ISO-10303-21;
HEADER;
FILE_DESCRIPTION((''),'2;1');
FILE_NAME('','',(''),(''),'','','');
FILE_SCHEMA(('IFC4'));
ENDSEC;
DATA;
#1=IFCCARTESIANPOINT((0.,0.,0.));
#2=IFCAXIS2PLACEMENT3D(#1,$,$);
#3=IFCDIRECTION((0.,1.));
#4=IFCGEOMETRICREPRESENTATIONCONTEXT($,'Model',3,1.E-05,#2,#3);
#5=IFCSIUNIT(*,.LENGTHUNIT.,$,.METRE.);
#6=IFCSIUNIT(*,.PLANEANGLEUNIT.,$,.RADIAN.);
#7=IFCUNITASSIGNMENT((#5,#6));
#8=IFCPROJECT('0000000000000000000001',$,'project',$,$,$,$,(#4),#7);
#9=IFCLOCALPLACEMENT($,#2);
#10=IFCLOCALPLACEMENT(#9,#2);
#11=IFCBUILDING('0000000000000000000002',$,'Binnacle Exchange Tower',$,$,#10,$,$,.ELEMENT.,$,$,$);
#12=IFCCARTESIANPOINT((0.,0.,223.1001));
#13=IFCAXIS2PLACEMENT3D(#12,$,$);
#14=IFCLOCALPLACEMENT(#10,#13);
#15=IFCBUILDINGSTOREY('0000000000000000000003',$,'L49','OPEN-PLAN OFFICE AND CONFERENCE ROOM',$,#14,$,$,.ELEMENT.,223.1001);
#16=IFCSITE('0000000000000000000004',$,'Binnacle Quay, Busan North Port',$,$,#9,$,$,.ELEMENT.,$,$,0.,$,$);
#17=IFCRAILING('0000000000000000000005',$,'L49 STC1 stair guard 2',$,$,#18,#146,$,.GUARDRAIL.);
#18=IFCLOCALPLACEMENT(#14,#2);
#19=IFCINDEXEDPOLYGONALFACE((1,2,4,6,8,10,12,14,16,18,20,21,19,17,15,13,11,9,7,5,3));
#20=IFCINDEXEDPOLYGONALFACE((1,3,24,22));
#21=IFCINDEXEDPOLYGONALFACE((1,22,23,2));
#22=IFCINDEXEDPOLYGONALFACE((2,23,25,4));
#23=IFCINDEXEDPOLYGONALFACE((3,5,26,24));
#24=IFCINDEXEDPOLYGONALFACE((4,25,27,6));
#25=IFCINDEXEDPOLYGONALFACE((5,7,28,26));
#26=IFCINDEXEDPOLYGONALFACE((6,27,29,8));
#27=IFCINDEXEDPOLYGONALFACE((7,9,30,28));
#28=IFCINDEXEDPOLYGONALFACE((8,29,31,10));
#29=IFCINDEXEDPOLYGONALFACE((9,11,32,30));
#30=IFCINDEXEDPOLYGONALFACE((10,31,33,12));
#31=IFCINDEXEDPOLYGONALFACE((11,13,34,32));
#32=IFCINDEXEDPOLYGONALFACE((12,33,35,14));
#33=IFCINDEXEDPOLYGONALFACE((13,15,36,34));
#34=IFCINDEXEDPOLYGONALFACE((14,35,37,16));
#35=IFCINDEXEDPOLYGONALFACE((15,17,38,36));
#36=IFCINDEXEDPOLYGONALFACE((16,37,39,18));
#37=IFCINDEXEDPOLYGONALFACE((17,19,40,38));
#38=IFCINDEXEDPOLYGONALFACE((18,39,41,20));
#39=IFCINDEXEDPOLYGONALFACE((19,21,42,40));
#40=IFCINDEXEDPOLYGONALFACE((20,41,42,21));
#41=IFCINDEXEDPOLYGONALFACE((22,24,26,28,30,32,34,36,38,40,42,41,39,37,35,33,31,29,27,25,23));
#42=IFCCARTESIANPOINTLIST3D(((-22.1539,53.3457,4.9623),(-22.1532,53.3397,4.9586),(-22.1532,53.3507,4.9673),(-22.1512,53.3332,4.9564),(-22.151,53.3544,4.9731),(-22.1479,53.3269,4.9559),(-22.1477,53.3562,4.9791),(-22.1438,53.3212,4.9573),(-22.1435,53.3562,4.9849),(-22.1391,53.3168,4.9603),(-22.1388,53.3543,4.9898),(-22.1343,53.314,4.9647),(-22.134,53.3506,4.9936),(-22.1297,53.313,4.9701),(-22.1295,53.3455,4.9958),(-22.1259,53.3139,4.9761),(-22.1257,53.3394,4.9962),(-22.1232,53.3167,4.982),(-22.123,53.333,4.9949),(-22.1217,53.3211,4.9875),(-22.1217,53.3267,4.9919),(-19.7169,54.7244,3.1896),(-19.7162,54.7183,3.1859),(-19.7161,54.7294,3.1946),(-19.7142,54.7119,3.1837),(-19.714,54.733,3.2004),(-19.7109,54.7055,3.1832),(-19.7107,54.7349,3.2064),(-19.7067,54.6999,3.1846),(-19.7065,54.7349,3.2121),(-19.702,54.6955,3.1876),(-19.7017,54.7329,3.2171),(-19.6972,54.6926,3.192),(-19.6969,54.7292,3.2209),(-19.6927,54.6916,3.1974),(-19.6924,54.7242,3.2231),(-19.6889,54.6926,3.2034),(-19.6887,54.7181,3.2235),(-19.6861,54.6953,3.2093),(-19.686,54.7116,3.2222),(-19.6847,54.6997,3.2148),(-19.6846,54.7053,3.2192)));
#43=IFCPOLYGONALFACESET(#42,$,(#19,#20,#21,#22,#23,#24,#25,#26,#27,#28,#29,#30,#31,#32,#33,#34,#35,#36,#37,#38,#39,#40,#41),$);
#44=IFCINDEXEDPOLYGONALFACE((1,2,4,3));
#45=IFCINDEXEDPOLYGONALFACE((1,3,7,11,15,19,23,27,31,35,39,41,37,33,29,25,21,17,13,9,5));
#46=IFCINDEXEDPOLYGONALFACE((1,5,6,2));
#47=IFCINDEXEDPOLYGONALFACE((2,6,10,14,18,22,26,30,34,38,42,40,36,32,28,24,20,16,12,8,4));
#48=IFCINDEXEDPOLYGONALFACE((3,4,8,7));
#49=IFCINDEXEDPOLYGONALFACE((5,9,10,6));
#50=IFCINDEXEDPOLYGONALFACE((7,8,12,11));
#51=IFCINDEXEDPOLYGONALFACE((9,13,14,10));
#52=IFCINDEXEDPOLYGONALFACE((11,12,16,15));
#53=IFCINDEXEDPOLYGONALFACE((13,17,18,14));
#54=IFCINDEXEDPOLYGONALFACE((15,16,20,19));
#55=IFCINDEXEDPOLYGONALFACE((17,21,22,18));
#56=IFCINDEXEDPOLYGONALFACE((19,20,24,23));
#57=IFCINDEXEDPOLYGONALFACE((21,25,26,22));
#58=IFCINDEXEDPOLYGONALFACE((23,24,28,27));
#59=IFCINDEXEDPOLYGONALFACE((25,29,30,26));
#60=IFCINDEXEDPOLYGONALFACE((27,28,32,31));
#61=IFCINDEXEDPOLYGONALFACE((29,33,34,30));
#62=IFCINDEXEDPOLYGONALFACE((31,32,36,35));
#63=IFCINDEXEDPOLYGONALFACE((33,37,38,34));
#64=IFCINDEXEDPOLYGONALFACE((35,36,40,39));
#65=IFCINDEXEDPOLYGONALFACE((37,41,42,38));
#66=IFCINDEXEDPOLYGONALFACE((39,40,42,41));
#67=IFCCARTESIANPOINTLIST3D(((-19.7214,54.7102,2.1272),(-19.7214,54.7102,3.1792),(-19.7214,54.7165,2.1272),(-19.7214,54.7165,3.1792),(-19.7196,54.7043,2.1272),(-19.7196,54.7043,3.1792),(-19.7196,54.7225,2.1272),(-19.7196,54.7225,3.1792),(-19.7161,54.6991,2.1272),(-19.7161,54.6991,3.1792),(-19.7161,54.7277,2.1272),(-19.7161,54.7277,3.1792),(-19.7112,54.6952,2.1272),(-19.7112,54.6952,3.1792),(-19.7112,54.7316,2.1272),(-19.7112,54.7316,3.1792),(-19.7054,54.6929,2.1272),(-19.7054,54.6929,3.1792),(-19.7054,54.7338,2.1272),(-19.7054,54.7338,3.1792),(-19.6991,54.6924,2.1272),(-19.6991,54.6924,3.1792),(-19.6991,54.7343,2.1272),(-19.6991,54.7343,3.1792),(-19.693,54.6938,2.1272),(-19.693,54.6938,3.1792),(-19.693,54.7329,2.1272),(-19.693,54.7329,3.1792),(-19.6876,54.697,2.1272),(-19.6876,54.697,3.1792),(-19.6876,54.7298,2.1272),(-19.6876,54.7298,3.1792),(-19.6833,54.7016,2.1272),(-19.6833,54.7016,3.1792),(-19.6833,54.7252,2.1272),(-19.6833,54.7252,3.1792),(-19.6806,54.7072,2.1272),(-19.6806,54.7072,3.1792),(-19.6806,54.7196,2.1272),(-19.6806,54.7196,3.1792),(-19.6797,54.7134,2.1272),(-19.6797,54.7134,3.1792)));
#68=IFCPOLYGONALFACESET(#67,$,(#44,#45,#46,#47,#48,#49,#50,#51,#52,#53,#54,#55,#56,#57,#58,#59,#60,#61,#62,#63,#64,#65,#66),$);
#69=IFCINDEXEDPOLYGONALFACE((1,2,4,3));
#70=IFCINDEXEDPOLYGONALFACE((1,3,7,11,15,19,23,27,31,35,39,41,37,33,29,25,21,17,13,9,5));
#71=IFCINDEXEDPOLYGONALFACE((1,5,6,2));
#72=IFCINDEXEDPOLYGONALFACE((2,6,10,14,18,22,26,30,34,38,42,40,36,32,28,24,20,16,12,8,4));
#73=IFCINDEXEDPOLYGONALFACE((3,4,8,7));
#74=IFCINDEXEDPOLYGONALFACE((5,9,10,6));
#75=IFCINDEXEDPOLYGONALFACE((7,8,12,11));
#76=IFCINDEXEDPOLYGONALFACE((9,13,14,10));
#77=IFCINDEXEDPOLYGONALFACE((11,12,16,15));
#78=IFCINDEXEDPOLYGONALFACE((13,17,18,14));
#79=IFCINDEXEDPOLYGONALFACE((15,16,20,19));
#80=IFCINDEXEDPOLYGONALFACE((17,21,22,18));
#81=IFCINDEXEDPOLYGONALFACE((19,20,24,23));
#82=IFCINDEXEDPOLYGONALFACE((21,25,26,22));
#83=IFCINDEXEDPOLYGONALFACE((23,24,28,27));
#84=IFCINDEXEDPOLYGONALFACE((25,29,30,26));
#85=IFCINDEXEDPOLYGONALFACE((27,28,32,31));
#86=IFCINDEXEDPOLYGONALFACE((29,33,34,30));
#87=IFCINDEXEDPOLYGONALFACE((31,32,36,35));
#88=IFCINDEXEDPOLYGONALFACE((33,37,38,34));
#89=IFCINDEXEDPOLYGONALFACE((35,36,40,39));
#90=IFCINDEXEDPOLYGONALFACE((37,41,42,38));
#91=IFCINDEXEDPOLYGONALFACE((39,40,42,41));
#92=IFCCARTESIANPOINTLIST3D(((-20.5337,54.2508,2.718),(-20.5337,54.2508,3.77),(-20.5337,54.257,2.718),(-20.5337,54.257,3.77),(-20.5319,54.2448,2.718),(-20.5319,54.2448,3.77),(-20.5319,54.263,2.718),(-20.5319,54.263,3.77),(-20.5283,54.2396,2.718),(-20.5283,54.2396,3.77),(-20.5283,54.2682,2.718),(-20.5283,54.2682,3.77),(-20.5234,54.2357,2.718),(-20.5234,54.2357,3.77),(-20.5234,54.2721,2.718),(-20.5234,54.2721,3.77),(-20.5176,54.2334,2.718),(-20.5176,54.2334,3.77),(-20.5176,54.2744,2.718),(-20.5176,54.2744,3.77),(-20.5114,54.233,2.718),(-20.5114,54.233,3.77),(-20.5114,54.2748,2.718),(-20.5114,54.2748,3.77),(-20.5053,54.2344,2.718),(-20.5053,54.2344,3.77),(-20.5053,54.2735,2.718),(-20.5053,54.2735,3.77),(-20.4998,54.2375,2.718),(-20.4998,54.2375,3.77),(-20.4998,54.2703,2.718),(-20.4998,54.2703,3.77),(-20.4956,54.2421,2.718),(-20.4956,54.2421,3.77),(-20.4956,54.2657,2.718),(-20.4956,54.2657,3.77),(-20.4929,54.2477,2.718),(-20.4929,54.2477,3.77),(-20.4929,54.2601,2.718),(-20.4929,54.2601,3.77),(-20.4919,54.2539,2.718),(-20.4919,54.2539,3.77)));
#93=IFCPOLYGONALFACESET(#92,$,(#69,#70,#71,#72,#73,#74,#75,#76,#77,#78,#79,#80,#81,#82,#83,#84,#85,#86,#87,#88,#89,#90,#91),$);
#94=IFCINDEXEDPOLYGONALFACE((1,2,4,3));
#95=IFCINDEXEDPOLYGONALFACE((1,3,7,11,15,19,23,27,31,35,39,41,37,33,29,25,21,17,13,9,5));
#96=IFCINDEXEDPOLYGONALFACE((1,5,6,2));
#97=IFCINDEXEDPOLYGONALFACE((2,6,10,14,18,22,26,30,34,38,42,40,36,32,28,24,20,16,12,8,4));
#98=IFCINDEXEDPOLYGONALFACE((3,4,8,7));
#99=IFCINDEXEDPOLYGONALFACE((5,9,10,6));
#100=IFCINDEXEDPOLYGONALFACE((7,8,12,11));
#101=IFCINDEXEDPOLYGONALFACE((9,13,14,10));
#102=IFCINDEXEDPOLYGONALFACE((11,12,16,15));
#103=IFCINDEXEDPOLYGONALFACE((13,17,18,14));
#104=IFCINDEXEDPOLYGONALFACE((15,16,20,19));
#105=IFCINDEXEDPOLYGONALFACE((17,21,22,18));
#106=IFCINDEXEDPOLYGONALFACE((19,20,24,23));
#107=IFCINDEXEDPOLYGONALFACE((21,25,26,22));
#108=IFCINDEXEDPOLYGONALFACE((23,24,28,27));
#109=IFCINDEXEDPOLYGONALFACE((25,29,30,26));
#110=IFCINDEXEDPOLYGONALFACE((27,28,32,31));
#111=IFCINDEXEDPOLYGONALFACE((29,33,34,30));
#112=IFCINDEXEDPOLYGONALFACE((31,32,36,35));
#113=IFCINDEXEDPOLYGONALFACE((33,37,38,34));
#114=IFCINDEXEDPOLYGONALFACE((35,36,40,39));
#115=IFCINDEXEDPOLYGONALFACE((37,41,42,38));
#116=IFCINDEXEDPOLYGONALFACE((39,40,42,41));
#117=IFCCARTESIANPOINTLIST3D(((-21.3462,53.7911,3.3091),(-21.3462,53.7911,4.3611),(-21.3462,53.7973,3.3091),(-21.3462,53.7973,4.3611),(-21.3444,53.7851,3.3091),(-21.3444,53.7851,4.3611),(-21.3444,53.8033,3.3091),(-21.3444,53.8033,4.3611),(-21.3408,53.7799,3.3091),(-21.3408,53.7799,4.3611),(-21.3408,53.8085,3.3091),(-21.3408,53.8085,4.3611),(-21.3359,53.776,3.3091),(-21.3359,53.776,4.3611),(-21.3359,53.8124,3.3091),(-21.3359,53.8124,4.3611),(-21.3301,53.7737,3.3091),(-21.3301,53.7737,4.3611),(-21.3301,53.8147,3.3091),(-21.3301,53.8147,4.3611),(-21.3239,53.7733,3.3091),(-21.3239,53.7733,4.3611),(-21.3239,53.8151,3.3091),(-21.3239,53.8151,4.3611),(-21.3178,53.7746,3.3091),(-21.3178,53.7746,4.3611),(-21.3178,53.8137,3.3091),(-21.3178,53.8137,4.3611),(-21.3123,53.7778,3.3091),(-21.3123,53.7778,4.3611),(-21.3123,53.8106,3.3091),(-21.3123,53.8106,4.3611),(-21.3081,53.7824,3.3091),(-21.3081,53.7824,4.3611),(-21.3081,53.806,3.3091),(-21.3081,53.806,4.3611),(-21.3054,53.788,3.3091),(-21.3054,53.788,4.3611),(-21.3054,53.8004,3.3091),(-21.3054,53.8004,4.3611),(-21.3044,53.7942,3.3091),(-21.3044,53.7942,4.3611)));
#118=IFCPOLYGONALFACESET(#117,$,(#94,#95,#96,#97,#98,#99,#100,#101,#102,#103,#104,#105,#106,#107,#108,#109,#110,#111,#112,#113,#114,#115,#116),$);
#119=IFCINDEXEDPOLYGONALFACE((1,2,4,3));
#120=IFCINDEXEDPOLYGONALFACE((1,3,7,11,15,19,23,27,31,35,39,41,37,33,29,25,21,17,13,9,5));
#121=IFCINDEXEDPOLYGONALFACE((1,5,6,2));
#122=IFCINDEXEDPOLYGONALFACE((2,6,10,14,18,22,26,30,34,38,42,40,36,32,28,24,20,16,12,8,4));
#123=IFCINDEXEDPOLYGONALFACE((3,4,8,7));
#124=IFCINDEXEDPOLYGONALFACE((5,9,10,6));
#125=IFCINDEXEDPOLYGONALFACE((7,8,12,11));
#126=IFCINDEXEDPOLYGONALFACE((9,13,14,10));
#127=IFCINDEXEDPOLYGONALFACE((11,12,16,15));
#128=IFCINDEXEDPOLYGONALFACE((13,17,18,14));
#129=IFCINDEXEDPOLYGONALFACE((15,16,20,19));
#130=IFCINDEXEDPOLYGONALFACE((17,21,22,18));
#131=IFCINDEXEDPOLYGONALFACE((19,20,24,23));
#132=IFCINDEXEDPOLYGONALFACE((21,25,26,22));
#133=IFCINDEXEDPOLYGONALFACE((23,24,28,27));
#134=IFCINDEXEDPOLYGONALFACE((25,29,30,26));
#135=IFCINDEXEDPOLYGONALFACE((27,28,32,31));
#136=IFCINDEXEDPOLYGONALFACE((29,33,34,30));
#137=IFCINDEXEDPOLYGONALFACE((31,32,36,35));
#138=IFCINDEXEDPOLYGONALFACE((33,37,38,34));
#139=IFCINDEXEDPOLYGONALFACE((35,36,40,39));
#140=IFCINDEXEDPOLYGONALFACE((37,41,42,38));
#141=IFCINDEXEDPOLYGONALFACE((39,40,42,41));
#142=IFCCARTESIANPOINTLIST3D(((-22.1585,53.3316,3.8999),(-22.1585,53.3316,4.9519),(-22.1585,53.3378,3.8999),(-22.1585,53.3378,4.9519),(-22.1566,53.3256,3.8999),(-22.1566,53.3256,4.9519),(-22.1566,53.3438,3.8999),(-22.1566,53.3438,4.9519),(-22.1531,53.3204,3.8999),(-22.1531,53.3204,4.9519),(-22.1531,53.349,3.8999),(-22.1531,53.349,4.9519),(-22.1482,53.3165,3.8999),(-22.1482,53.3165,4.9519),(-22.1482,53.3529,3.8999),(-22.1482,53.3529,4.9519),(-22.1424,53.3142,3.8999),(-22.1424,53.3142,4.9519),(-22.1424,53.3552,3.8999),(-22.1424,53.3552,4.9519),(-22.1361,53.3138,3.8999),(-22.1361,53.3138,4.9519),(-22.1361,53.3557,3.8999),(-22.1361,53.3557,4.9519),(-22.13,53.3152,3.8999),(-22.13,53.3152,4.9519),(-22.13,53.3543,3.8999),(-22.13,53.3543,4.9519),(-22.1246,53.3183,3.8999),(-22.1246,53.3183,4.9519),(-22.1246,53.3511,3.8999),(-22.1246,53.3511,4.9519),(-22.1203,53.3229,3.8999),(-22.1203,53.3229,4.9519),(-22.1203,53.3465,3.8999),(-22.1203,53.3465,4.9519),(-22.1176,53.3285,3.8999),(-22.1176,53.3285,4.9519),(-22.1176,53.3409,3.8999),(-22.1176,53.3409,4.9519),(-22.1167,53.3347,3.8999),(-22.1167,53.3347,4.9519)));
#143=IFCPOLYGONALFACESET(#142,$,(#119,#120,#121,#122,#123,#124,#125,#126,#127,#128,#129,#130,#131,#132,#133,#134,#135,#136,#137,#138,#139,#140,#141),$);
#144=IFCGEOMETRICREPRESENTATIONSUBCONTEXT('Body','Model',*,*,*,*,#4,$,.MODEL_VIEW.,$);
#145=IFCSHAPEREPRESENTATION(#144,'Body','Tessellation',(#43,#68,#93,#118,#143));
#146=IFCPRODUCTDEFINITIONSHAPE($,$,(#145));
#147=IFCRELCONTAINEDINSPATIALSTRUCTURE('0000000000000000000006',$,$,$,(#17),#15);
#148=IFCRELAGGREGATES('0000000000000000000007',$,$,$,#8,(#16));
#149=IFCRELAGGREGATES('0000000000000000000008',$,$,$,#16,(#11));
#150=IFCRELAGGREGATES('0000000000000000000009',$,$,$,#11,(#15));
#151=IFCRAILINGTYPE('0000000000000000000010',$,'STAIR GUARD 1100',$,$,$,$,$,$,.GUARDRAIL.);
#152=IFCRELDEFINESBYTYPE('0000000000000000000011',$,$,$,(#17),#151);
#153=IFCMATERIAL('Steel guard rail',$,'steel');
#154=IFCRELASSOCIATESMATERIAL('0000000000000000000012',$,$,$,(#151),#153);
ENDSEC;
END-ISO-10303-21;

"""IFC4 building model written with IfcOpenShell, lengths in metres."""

from ifc_helpers import new_model, si_unit, direction, frame, origin, origin_2d, place, context, subcontext, project, spatial, circle, extrude, material, type_object, element, save


model = new_model("IFC4")

# Units and contexts
model_context = context("Model", 3, precision=1e-05, world=origin(), true_north=direction((0.0, 1.0)))
body_context = subcontext(model_context, "Body", "Model", "MODEL_VIEW")
ifc_project = project(units=[si_unit("LENGTHUNIT", "METRE"), si_unit("PLANEANGLEUNIT", "RADIAN")], contexts=[model_context])

# Site, building, storey
site_placement = place(None, origin())
site = spatial("IfcSite", under=ifc_project, at=site_placement, Name="Binnacle Quay, Busan North Port", CompositionType="ELEMENT", RefElevation=0.0)
building_placement = place(site_placement, origin())
building = spatial("IfcBuilding", under=site, at=building_placement, Name="Binnacle Exchange Tower", CompositionType="ELEMENT")
storey_placement = place(building_placement, frame((0.0, 0.0, 223.1001)))
storey = spatial("IfcBuildingStorey", under=building, at=storey_placement, Name="L49", Description="OPEN-PLAN OFFICE AND CONFERENCE ROOM", CompositionType="ELEMENT", Elevation=223.1001)

# Railing
ifc_material_1 = material(Name="Steel guard rail", Category="steel")
railing_type_1 = type_object("IfcRailingType", Name="STAIR GUARD 1100", PredefinedType="GUARDRAIL", material=ifc_material_1)
railing_1_placement = place(storey_placement, frame((-19.7007, 54.7134, 2.1272)))
element("IfcRailing", 1, at=railing_1_placement, inside=storey, type_object=railing_type_1, Name="L49 STC1 stair guard 2", PredefinedType="GUARDRAIL", context=body_context, shape_type="SweptSolid", body=[
    extrude(circle(Radius=0.0239, at=origin_2d()), frame((0.0, 0.0, 1.0762), z_axis=(-0.735381, -0.416019, 0.534923), x_axis=(0.492388, -0.870376, 0.0)), (0.0, 0.0, 1.0), 3.314),
    extrude(circle(Radius=0.021, at=origin_2d()), origin(), (0.0, 0.0, 1.0), 1.052),
    extrude(circle(Radius=0.021, at=origin_2d()), frame((-0.8123, -0.4595, 0.5908)), (0.0, 0.0, 1.0), 1.052),
    extrude(circle(Radius=0.021, at=origin_2d()), frame((-1.6248, -0.9192, 1.1819)), (0.0, 0.0, 1.0), 1.052),
    extrude(circle(Radius=0.021, at=origin_2d()), frame((-2.437, -1.3787, 1.7727)), (0.0, 0.0, 1.0), 1.052),
])

save(model, "model.ifc")
